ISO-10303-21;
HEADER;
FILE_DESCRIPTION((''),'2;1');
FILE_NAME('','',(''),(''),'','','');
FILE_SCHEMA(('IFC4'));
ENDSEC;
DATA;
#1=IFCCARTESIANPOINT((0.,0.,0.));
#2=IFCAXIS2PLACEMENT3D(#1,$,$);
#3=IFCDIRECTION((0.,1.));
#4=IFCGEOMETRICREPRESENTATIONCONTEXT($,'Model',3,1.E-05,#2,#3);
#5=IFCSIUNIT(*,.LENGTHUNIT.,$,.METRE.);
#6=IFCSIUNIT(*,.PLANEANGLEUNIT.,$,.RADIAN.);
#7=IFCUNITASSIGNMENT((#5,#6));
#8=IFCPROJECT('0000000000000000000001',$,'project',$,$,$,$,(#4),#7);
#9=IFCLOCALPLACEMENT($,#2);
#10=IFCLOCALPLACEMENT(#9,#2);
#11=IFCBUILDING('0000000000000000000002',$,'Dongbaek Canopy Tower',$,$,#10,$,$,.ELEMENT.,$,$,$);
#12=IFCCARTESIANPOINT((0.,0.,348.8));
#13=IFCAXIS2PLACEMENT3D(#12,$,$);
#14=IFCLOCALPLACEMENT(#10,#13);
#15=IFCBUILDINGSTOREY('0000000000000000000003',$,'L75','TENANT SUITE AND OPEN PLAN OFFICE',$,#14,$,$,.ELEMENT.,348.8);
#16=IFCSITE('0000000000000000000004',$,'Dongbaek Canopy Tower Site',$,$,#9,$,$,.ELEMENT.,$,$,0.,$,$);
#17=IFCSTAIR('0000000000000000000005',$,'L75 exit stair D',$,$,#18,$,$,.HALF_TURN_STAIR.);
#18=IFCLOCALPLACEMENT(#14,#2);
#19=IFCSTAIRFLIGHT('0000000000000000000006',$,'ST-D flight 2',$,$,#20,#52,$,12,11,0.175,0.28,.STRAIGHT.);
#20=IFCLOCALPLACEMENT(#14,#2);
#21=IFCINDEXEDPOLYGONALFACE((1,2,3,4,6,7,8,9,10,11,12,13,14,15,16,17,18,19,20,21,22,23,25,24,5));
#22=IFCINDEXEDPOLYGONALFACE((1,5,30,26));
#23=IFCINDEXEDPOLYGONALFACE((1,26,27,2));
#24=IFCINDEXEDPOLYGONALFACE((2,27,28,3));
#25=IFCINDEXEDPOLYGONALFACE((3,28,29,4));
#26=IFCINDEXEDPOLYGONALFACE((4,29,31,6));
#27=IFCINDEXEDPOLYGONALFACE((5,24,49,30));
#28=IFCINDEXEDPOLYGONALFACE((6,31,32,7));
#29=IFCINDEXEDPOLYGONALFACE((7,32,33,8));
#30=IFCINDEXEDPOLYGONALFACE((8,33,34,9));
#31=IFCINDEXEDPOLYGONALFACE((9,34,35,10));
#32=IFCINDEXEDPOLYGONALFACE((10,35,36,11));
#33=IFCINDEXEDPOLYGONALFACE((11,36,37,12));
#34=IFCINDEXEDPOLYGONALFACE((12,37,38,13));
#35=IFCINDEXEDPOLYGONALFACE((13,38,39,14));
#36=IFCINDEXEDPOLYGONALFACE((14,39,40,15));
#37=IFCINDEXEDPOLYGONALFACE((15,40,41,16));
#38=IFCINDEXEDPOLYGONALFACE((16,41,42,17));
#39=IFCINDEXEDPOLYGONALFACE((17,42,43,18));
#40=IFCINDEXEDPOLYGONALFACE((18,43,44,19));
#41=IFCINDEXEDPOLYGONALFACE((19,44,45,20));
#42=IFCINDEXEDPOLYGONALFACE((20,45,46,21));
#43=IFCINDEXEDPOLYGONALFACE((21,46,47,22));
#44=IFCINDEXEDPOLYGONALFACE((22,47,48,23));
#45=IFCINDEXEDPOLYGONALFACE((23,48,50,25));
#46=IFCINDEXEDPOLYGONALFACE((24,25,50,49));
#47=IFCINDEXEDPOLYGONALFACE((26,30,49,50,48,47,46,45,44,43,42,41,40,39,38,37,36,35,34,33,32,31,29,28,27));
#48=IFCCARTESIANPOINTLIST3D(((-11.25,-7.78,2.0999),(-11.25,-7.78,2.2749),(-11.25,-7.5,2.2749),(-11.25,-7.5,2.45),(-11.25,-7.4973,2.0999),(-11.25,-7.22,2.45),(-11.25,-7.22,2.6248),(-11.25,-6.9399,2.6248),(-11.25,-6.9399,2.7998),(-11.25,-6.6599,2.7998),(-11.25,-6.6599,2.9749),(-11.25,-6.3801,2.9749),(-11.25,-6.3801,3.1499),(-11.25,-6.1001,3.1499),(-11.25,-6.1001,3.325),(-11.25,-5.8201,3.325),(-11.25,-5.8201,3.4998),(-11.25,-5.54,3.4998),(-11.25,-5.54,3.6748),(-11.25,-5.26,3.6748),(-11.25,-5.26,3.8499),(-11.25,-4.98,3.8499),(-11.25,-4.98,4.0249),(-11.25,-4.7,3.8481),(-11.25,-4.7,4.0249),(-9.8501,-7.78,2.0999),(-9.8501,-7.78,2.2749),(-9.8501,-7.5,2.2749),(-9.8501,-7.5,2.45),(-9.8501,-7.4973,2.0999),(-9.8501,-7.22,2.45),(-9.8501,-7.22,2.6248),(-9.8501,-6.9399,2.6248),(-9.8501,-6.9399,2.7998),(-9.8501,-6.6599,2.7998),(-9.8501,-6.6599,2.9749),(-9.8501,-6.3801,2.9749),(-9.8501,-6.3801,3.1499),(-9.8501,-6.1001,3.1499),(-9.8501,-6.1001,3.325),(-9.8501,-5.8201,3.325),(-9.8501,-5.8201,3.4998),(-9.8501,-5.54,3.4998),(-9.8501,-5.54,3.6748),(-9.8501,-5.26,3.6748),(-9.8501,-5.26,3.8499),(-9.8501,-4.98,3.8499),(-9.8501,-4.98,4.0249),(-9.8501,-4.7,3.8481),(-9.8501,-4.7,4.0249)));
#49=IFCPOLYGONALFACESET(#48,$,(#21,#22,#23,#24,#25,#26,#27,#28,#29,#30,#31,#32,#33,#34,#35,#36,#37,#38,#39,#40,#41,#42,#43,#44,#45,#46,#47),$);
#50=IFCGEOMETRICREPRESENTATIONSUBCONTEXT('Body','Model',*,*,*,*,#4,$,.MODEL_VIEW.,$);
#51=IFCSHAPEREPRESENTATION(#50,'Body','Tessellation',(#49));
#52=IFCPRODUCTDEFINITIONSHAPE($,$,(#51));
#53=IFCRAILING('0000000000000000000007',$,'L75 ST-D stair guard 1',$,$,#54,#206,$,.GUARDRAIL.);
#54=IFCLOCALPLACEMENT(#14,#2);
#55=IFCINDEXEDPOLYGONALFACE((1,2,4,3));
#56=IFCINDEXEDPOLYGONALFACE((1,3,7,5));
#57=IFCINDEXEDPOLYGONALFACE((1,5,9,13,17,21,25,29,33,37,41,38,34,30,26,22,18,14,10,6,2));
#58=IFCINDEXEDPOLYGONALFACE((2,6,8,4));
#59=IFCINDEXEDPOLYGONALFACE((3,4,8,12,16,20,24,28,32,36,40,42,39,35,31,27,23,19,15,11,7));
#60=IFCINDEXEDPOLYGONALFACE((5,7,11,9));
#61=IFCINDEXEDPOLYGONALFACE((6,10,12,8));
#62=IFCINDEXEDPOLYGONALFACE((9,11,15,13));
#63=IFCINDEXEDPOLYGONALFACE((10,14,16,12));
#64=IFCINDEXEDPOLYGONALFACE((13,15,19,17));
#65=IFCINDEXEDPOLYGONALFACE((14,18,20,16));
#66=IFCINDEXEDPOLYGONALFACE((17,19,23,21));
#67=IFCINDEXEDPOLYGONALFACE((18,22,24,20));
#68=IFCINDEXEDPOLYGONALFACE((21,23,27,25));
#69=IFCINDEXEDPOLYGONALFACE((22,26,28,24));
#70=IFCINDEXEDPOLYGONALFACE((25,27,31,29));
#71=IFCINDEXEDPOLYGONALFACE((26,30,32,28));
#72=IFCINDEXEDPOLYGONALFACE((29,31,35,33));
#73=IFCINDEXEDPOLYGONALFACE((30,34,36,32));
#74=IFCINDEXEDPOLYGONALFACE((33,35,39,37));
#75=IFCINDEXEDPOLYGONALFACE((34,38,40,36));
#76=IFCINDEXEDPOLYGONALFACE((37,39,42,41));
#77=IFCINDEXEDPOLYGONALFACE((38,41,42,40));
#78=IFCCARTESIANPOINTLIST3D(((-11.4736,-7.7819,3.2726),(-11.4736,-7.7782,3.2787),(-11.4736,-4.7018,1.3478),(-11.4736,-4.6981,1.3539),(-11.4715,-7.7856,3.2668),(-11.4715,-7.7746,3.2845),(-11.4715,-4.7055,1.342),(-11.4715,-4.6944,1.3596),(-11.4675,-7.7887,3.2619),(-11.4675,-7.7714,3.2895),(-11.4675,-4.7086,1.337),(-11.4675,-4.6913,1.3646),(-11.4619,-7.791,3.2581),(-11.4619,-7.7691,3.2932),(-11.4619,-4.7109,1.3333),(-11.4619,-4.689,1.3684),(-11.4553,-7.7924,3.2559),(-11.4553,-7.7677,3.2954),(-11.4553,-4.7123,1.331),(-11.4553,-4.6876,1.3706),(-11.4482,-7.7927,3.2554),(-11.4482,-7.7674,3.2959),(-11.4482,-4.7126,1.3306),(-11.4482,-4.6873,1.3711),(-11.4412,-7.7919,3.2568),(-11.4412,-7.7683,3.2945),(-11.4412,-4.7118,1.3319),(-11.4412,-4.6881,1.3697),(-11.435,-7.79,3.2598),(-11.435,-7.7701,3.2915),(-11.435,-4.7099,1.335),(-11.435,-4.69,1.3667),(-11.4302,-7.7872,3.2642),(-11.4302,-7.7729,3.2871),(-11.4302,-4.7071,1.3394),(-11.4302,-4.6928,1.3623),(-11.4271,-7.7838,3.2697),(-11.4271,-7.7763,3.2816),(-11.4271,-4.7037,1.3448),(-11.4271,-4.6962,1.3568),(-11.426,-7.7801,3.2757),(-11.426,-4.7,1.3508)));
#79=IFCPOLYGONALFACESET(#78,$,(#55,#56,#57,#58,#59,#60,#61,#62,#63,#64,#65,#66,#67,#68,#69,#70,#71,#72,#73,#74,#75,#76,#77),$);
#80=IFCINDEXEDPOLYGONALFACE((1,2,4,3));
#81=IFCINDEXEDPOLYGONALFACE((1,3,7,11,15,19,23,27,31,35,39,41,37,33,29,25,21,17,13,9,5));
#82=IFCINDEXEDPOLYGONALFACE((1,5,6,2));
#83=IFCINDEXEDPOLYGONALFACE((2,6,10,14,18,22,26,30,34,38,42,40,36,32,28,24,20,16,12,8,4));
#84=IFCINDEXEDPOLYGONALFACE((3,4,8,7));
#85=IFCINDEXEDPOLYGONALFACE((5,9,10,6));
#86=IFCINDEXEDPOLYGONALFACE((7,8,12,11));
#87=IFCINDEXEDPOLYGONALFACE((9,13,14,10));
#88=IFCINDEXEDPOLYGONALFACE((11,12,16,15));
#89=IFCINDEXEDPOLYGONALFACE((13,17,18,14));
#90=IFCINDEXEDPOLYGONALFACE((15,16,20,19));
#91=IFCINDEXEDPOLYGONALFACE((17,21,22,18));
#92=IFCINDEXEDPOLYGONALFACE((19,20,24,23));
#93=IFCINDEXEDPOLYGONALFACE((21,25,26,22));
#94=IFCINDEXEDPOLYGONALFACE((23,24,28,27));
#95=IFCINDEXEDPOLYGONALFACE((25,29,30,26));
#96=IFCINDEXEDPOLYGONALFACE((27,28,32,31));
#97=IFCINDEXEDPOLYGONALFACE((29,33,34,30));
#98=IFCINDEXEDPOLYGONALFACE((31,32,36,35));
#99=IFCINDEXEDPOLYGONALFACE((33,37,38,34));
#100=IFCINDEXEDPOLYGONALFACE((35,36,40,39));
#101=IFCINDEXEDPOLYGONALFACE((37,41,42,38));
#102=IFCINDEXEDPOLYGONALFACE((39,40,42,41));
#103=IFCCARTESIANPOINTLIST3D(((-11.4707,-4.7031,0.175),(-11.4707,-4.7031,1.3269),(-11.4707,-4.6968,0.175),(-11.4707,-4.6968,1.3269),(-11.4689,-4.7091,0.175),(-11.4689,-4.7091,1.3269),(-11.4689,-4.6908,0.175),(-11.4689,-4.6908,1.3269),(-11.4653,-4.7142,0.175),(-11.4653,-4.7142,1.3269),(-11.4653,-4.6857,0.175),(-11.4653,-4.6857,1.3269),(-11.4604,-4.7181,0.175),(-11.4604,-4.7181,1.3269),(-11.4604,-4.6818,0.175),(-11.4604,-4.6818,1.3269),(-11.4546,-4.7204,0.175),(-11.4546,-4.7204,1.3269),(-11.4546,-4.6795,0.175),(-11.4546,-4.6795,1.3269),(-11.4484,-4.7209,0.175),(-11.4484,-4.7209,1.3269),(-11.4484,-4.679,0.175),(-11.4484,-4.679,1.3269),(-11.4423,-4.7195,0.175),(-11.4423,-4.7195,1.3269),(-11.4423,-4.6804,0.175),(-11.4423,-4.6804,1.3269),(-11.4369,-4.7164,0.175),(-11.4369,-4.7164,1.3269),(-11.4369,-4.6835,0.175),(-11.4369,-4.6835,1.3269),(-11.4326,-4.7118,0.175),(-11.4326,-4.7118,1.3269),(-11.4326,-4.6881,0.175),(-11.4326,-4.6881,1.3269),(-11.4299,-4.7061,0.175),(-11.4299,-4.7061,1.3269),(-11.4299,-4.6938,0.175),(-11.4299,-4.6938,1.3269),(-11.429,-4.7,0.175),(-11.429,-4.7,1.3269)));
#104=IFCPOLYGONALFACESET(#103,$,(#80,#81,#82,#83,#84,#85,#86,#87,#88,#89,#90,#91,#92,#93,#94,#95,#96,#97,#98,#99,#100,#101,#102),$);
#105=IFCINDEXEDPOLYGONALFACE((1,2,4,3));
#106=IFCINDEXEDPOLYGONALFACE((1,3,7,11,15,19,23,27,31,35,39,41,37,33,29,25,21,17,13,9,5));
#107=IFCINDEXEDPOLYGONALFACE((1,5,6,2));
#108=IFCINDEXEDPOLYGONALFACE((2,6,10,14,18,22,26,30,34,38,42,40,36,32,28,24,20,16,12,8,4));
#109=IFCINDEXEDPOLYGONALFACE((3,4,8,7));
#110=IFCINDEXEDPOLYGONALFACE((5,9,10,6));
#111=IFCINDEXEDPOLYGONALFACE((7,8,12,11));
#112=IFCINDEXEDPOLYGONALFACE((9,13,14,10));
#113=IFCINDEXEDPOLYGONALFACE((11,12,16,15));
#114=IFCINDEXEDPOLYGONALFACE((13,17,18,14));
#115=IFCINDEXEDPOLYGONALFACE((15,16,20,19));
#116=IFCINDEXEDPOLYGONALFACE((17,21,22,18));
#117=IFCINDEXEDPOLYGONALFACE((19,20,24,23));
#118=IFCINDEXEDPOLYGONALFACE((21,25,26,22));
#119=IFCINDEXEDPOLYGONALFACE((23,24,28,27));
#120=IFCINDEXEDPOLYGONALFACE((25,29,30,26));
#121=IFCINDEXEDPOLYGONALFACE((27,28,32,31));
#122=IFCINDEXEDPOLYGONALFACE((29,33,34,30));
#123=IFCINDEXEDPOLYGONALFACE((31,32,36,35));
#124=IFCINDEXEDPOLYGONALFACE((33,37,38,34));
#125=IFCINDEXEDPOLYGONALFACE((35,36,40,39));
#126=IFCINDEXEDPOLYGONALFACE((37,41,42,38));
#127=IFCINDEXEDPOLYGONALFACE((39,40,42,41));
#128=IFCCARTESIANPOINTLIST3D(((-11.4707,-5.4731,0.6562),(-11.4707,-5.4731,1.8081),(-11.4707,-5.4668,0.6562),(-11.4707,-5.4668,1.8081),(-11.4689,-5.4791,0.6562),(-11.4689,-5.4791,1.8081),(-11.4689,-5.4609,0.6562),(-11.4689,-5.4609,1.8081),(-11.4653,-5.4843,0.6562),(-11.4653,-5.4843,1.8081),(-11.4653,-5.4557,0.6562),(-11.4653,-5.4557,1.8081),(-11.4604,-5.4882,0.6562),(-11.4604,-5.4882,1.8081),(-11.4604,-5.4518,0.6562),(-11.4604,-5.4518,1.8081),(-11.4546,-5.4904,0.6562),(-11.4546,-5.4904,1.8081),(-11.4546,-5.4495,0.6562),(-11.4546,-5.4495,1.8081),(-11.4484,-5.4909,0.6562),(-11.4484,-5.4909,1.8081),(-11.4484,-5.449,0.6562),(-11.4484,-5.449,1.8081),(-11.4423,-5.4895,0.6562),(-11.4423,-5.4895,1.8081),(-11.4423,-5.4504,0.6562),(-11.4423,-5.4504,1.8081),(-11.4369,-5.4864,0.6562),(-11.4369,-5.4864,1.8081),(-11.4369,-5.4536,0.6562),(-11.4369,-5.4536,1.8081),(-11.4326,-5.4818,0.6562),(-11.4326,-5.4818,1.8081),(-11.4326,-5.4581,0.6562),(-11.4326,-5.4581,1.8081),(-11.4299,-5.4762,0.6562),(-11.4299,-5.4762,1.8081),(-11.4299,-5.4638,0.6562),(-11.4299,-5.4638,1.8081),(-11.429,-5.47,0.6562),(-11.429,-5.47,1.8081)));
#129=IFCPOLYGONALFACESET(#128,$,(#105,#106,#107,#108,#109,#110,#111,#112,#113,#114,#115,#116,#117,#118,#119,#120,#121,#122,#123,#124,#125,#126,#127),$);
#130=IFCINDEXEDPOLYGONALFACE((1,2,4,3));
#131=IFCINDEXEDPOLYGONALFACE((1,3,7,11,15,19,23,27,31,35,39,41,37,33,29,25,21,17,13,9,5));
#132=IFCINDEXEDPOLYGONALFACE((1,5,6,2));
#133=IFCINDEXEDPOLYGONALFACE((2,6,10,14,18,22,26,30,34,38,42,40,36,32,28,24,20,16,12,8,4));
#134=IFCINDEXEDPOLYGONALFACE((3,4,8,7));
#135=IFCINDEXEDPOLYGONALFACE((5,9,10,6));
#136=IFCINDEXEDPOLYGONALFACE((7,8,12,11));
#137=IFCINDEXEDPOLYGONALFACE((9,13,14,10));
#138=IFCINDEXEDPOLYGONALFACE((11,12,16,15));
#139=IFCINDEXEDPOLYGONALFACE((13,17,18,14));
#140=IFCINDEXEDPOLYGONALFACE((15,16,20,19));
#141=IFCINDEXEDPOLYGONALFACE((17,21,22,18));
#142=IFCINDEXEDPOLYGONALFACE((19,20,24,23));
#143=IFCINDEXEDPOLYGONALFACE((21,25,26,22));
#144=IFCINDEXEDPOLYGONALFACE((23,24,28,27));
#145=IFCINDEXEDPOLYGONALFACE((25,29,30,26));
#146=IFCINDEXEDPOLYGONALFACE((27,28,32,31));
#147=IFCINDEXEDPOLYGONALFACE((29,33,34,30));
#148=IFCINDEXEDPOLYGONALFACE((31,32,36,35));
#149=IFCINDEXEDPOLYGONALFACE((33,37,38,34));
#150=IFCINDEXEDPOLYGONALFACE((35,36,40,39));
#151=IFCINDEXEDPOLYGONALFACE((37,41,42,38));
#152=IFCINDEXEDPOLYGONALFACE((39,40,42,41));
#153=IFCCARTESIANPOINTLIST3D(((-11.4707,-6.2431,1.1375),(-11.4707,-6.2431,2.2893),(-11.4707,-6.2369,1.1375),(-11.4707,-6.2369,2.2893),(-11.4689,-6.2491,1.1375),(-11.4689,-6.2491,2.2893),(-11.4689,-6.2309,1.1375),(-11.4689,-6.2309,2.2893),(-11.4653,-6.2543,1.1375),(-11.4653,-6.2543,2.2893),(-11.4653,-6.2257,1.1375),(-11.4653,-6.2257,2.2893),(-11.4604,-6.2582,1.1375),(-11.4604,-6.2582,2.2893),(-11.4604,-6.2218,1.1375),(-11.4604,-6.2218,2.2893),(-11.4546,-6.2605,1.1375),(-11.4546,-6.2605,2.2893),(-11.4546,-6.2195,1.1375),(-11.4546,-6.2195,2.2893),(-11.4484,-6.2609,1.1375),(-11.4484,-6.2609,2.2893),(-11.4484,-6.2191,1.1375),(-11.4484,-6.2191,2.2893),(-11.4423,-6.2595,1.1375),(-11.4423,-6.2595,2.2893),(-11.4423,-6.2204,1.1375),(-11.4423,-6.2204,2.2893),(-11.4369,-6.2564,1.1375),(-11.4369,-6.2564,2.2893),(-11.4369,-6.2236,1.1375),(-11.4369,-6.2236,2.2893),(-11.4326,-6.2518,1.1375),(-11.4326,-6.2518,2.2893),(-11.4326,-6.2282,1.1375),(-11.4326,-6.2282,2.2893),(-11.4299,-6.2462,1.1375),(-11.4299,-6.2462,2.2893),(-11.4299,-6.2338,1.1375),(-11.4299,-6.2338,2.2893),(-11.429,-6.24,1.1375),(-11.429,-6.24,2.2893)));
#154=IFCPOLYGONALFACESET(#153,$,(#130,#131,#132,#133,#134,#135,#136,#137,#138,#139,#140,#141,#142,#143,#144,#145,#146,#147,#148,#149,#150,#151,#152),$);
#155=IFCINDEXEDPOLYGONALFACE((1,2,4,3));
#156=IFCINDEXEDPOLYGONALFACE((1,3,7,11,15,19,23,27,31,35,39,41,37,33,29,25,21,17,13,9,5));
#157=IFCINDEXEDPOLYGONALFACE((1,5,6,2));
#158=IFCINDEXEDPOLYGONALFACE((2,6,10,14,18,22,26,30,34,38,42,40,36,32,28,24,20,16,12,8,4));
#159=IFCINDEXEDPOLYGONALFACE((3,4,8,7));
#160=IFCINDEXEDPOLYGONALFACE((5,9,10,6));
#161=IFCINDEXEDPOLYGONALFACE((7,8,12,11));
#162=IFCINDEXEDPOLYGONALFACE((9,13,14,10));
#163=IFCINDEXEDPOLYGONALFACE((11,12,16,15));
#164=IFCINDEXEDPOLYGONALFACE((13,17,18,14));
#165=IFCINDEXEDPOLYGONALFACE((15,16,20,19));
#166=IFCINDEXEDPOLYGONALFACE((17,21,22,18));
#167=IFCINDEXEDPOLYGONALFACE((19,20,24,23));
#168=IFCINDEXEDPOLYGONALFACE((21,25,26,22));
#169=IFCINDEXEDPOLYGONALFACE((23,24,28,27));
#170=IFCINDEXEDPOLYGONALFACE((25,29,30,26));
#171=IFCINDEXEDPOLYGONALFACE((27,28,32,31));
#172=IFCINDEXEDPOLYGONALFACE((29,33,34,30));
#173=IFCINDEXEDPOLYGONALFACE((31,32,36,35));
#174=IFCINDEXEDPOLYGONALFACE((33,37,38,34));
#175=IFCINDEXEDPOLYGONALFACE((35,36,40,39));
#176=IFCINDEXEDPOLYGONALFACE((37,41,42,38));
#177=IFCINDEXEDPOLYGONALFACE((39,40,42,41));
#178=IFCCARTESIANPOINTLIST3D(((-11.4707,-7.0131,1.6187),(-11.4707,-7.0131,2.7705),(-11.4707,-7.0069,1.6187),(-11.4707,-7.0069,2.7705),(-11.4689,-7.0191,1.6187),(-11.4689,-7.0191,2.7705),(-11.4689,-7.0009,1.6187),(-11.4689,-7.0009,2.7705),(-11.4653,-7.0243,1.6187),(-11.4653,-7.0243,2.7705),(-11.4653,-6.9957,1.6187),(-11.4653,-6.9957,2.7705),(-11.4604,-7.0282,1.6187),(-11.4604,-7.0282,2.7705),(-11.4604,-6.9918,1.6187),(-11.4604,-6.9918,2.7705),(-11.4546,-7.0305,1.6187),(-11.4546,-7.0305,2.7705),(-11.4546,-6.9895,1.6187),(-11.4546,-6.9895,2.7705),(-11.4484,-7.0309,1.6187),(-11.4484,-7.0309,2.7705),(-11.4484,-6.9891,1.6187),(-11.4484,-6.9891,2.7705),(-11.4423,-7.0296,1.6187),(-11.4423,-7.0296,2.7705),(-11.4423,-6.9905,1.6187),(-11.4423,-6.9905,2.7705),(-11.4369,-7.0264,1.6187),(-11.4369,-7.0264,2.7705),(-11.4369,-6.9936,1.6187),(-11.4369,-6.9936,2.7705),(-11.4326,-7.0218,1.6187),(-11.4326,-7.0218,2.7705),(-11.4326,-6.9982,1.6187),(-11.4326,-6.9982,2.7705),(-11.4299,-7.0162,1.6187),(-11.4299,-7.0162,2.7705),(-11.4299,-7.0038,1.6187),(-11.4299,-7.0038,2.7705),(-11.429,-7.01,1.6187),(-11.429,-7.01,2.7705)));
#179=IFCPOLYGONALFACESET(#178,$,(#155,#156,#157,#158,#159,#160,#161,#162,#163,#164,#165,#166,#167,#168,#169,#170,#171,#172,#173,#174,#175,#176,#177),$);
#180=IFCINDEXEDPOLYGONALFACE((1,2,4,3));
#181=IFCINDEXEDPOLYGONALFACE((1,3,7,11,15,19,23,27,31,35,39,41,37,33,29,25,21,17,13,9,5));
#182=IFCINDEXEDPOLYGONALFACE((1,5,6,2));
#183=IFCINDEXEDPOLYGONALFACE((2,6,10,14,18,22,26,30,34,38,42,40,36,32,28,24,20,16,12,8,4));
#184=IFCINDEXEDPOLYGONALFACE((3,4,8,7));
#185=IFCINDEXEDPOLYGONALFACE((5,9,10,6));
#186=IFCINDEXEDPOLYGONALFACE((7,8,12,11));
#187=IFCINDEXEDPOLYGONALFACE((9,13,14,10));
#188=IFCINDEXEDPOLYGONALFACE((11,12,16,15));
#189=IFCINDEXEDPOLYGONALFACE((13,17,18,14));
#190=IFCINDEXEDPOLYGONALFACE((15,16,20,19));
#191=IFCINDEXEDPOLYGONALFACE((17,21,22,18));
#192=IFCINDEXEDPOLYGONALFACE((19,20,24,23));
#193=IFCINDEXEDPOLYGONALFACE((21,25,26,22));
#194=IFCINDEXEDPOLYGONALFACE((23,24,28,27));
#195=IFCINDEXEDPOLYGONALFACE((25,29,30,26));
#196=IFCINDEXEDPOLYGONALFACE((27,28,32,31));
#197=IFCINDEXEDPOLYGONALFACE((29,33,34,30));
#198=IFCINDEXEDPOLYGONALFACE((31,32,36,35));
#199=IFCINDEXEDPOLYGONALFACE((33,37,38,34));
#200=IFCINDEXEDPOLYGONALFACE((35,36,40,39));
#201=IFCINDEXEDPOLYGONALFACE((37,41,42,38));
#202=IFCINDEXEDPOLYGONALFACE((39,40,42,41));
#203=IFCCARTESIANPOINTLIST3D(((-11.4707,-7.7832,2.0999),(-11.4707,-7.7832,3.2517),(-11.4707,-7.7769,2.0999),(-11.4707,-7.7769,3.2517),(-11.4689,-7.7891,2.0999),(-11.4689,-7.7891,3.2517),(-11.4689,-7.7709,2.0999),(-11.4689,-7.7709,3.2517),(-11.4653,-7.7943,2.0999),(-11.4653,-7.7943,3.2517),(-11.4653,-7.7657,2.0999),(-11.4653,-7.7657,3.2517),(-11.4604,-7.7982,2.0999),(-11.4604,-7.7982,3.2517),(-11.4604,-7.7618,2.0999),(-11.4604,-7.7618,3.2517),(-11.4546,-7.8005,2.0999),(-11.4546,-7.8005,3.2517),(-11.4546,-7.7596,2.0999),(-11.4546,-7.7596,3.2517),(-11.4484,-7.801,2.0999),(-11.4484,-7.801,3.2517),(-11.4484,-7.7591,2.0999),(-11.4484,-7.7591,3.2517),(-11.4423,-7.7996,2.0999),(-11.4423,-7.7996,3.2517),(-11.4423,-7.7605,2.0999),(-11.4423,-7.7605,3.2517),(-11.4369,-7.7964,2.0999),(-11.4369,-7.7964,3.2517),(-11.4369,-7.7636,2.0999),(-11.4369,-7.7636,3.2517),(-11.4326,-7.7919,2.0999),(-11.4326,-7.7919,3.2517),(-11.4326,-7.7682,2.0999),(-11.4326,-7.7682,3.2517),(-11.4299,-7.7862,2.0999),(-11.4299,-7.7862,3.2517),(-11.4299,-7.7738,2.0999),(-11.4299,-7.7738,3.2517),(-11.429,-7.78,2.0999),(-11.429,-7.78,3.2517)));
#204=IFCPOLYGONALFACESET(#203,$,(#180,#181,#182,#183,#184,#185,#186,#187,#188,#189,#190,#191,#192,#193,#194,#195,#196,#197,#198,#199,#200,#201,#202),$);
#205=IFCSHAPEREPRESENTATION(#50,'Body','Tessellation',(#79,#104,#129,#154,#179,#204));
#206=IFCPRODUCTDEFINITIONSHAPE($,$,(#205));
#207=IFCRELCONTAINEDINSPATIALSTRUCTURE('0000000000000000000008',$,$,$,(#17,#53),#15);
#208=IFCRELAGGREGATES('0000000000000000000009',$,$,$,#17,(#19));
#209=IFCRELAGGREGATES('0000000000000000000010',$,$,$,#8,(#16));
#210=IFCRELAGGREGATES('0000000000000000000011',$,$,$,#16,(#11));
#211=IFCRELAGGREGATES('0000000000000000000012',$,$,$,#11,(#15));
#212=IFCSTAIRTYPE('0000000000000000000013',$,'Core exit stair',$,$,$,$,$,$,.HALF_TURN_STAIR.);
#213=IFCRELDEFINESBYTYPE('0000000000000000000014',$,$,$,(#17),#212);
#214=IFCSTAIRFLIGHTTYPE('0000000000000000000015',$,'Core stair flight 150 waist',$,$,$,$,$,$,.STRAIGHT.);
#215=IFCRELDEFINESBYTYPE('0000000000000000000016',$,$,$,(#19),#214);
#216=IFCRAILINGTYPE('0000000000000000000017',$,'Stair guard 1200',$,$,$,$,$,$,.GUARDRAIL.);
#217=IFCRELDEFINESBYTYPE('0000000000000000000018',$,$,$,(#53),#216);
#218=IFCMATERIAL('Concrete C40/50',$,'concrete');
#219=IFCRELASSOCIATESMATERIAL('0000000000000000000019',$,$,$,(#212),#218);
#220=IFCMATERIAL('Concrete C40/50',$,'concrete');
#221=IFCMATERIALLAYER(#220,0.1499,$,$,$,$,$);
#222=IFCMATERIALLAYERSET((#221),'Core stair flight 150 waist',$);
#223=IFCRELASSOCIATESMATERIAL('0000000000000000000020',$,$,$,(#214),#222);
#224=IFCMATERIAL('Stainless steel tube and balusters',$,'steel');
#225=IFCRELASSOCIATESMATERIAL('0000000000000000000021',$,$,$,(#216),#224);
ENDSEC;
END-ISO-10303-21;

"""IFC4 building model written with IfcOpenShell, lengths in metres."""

from ifc_helpers import new_model, si_unit, direction, frame, origin, origin_2d, place, context, subcontext, project, spatial, polyline, circle, outline, extrude, material, layer, layer_set, type_object, element, aggregate, save


model = new_model("IFC4")

# Units and contexts
model_context = context("Model", 3, precision=1e-05, world=origin(), true_north=direction((0.0, 1.0)))
body_context = subcontext(model_context, "Body", "Model", "MODEL_VIEW")
ifc_project = project(units=[si_unit("LENGTHUNIT", "METRE"), si_unit("PLANEANGLEUNIT", "RADIAN")], contexts=[model_context])

# Site, building, storey
site_placement = place(None, origin())
site = spatial("IfcSite", under=ifc_project, at=site_placement, Name="Dongbaek Canopy Tower Site", CompositionType="ELEMENT", RefElevation=0.0)
building_placement = place(site_placement, origin())
building = spatial("IfcBuilding", under=site, at=building_placement, Name="Dongbaek Canopy Tower", CompositionType="ELEMENT")
storey_placement = place(building_placement, frame((0.0, 0.0, 348.8)))
storey = spatial("IfcBuildingStorey", under=building, at=storey_placement, Name="L75", Description="TENANT SUITE AND OPEN PLAN OFFICE", CompositionType="ELEMENT", Elevation=348.8)

# Stair, stair flight
ifc_material_1 = material(Name="Concrete C40/50", Category="concrete")
stair_type = type_object("IfcStairType", Name="Core exit stair", PredefinedType="HALF_TURN_STAIR", material=ifc_material_1)
stair_placement = place(storey_placement, origin())
stair = element("IfcStair", 1, at=stair_placement, inside=storey, type_object=stair_type, Name="L75 exit stair D", PredefinedType="HALF_TURN_STAIR")
ifc_material_2 = material(Name="Concrete C40/50", Category="concrete")
ifc_layer_1 = layer(ifc_material_2, 0.1499)
ifc_layer_set_1 = layer_set([ifc_layer_1], Name="Core stair flight 150 waist")
stair_flight_type = type_object("IfcStairFlightType", Name="Core stair flight 150 waist", PredefinedType="STRAIGHT", material=ifc_layer_set_1)
stair_flight_1_placement = place(storey_placement, frame((-10.55, -7.78, 2.0999), z_axis=(0.0, 0.0, 1.0), x_axis=(0.0, 1.0, 0.0)))
stair_flight_1 = element("IfcStairFlight", 2, at=stair_flight_1_placement, type_object=stair_flight_type, Name="ST-D flight 2", NumberOfRisers=12, NumberOfTreads=11, PredefinedType="STRAIGHT", RiserHeight=0.175, TreadLength=0.28, context=body_context, shape_type="SweptSolid", body=[
    extrude(outline(polyline([(0.0, 0.0), (0.0, 0.175), (0.28, 0.175), (0.28, 0.3501), (0.5601, 0.3501), (0.5601, 0.5249), (0.8401, 0.5249), (0.8401, 0.7), (1.1201, 0.7), (1.1201, 0.875), (1.3999, 0.875), (1.3999, 1.05), (1.6799, 1.05), (1.6799, 1.2251), (1.96, 1.2251), (1.96, 1.3999), (2.24, 1.3999), (2.24, 1.575), (2.52, 1.575), (2.52, 1.75), (2.8, 1.75), (2.8, 1.925), (3.0801, 1.925), (3.0801, 2.1001), (3.0801, 1.7483), (0.2827, 0.0), (0.0, 0.0)])), frame((0.0, 0.7, 0.0), z_axis=(0.0, -1.0, 0.0), x_axis=(1.0, 0.0, 0.0)), (0.0, 0.0, 1.0), 1.3999),
])
aggregate(stair, [stair_flight_1])

# Railing
ifc_material_3 = material(Name="Stainless steel tube and balusters", Category="steel")
railing_type_1 = type_object("IfcRailingType", Name="Stair guard 1200", PredefinedType="GUARDRAIL", material=ifc_material_3)
railing_1_placement = place(storey_placement, frame((-11.45, -4.7, 0.175)))
element("IfcRailing", 3, at=railing_1_placement, inside=storey, type_object=railing_type_1, Name="L75 ST-D stair guard 1", PredefinedType="GUARDRAIL", context=body_context, shape_type="SweptSolid", body=[
    extrude(circle(Radius=0.0239, at=origin_2d()), frame((0.0, 0.0, 1.1758), z_axis=(0.0, -0.848029, 0.529951), x_axis=(1.0, 0.0, 0.0)), (0.0, 0.0, 1.0), 3.6321),
    extrude(circle(Radius=0.021, at=origin_2d()), origin(), (0.0, 0.0, 1.0), 1.1519),
    extrude(circle(Radius=0.021, at=origin_2d()), frame((0.0, -0.77, 0.4812)), (0.0, 0.0, 1.0), 1.1519),
    extrude(circle(Radius=0.021, at=origin_2d()), frame((0.0, -1.54, 0.9624)), (0.0, 0.0, 1.0), 1.1519),
    extrude(circle(Radius=0.021, at=origin_2d()), frame((0.0, -2.3101, 1.4436)), (0.0, 0.0, 1.0), 1.1519),
    extrude(circle(Radius=0.021, at=origin_2d()), frame((0.0, -3.0801, 1.9248)), (0.0, 0.0, 1.0), 1.1519),
])

save(model, "model.ifc")
